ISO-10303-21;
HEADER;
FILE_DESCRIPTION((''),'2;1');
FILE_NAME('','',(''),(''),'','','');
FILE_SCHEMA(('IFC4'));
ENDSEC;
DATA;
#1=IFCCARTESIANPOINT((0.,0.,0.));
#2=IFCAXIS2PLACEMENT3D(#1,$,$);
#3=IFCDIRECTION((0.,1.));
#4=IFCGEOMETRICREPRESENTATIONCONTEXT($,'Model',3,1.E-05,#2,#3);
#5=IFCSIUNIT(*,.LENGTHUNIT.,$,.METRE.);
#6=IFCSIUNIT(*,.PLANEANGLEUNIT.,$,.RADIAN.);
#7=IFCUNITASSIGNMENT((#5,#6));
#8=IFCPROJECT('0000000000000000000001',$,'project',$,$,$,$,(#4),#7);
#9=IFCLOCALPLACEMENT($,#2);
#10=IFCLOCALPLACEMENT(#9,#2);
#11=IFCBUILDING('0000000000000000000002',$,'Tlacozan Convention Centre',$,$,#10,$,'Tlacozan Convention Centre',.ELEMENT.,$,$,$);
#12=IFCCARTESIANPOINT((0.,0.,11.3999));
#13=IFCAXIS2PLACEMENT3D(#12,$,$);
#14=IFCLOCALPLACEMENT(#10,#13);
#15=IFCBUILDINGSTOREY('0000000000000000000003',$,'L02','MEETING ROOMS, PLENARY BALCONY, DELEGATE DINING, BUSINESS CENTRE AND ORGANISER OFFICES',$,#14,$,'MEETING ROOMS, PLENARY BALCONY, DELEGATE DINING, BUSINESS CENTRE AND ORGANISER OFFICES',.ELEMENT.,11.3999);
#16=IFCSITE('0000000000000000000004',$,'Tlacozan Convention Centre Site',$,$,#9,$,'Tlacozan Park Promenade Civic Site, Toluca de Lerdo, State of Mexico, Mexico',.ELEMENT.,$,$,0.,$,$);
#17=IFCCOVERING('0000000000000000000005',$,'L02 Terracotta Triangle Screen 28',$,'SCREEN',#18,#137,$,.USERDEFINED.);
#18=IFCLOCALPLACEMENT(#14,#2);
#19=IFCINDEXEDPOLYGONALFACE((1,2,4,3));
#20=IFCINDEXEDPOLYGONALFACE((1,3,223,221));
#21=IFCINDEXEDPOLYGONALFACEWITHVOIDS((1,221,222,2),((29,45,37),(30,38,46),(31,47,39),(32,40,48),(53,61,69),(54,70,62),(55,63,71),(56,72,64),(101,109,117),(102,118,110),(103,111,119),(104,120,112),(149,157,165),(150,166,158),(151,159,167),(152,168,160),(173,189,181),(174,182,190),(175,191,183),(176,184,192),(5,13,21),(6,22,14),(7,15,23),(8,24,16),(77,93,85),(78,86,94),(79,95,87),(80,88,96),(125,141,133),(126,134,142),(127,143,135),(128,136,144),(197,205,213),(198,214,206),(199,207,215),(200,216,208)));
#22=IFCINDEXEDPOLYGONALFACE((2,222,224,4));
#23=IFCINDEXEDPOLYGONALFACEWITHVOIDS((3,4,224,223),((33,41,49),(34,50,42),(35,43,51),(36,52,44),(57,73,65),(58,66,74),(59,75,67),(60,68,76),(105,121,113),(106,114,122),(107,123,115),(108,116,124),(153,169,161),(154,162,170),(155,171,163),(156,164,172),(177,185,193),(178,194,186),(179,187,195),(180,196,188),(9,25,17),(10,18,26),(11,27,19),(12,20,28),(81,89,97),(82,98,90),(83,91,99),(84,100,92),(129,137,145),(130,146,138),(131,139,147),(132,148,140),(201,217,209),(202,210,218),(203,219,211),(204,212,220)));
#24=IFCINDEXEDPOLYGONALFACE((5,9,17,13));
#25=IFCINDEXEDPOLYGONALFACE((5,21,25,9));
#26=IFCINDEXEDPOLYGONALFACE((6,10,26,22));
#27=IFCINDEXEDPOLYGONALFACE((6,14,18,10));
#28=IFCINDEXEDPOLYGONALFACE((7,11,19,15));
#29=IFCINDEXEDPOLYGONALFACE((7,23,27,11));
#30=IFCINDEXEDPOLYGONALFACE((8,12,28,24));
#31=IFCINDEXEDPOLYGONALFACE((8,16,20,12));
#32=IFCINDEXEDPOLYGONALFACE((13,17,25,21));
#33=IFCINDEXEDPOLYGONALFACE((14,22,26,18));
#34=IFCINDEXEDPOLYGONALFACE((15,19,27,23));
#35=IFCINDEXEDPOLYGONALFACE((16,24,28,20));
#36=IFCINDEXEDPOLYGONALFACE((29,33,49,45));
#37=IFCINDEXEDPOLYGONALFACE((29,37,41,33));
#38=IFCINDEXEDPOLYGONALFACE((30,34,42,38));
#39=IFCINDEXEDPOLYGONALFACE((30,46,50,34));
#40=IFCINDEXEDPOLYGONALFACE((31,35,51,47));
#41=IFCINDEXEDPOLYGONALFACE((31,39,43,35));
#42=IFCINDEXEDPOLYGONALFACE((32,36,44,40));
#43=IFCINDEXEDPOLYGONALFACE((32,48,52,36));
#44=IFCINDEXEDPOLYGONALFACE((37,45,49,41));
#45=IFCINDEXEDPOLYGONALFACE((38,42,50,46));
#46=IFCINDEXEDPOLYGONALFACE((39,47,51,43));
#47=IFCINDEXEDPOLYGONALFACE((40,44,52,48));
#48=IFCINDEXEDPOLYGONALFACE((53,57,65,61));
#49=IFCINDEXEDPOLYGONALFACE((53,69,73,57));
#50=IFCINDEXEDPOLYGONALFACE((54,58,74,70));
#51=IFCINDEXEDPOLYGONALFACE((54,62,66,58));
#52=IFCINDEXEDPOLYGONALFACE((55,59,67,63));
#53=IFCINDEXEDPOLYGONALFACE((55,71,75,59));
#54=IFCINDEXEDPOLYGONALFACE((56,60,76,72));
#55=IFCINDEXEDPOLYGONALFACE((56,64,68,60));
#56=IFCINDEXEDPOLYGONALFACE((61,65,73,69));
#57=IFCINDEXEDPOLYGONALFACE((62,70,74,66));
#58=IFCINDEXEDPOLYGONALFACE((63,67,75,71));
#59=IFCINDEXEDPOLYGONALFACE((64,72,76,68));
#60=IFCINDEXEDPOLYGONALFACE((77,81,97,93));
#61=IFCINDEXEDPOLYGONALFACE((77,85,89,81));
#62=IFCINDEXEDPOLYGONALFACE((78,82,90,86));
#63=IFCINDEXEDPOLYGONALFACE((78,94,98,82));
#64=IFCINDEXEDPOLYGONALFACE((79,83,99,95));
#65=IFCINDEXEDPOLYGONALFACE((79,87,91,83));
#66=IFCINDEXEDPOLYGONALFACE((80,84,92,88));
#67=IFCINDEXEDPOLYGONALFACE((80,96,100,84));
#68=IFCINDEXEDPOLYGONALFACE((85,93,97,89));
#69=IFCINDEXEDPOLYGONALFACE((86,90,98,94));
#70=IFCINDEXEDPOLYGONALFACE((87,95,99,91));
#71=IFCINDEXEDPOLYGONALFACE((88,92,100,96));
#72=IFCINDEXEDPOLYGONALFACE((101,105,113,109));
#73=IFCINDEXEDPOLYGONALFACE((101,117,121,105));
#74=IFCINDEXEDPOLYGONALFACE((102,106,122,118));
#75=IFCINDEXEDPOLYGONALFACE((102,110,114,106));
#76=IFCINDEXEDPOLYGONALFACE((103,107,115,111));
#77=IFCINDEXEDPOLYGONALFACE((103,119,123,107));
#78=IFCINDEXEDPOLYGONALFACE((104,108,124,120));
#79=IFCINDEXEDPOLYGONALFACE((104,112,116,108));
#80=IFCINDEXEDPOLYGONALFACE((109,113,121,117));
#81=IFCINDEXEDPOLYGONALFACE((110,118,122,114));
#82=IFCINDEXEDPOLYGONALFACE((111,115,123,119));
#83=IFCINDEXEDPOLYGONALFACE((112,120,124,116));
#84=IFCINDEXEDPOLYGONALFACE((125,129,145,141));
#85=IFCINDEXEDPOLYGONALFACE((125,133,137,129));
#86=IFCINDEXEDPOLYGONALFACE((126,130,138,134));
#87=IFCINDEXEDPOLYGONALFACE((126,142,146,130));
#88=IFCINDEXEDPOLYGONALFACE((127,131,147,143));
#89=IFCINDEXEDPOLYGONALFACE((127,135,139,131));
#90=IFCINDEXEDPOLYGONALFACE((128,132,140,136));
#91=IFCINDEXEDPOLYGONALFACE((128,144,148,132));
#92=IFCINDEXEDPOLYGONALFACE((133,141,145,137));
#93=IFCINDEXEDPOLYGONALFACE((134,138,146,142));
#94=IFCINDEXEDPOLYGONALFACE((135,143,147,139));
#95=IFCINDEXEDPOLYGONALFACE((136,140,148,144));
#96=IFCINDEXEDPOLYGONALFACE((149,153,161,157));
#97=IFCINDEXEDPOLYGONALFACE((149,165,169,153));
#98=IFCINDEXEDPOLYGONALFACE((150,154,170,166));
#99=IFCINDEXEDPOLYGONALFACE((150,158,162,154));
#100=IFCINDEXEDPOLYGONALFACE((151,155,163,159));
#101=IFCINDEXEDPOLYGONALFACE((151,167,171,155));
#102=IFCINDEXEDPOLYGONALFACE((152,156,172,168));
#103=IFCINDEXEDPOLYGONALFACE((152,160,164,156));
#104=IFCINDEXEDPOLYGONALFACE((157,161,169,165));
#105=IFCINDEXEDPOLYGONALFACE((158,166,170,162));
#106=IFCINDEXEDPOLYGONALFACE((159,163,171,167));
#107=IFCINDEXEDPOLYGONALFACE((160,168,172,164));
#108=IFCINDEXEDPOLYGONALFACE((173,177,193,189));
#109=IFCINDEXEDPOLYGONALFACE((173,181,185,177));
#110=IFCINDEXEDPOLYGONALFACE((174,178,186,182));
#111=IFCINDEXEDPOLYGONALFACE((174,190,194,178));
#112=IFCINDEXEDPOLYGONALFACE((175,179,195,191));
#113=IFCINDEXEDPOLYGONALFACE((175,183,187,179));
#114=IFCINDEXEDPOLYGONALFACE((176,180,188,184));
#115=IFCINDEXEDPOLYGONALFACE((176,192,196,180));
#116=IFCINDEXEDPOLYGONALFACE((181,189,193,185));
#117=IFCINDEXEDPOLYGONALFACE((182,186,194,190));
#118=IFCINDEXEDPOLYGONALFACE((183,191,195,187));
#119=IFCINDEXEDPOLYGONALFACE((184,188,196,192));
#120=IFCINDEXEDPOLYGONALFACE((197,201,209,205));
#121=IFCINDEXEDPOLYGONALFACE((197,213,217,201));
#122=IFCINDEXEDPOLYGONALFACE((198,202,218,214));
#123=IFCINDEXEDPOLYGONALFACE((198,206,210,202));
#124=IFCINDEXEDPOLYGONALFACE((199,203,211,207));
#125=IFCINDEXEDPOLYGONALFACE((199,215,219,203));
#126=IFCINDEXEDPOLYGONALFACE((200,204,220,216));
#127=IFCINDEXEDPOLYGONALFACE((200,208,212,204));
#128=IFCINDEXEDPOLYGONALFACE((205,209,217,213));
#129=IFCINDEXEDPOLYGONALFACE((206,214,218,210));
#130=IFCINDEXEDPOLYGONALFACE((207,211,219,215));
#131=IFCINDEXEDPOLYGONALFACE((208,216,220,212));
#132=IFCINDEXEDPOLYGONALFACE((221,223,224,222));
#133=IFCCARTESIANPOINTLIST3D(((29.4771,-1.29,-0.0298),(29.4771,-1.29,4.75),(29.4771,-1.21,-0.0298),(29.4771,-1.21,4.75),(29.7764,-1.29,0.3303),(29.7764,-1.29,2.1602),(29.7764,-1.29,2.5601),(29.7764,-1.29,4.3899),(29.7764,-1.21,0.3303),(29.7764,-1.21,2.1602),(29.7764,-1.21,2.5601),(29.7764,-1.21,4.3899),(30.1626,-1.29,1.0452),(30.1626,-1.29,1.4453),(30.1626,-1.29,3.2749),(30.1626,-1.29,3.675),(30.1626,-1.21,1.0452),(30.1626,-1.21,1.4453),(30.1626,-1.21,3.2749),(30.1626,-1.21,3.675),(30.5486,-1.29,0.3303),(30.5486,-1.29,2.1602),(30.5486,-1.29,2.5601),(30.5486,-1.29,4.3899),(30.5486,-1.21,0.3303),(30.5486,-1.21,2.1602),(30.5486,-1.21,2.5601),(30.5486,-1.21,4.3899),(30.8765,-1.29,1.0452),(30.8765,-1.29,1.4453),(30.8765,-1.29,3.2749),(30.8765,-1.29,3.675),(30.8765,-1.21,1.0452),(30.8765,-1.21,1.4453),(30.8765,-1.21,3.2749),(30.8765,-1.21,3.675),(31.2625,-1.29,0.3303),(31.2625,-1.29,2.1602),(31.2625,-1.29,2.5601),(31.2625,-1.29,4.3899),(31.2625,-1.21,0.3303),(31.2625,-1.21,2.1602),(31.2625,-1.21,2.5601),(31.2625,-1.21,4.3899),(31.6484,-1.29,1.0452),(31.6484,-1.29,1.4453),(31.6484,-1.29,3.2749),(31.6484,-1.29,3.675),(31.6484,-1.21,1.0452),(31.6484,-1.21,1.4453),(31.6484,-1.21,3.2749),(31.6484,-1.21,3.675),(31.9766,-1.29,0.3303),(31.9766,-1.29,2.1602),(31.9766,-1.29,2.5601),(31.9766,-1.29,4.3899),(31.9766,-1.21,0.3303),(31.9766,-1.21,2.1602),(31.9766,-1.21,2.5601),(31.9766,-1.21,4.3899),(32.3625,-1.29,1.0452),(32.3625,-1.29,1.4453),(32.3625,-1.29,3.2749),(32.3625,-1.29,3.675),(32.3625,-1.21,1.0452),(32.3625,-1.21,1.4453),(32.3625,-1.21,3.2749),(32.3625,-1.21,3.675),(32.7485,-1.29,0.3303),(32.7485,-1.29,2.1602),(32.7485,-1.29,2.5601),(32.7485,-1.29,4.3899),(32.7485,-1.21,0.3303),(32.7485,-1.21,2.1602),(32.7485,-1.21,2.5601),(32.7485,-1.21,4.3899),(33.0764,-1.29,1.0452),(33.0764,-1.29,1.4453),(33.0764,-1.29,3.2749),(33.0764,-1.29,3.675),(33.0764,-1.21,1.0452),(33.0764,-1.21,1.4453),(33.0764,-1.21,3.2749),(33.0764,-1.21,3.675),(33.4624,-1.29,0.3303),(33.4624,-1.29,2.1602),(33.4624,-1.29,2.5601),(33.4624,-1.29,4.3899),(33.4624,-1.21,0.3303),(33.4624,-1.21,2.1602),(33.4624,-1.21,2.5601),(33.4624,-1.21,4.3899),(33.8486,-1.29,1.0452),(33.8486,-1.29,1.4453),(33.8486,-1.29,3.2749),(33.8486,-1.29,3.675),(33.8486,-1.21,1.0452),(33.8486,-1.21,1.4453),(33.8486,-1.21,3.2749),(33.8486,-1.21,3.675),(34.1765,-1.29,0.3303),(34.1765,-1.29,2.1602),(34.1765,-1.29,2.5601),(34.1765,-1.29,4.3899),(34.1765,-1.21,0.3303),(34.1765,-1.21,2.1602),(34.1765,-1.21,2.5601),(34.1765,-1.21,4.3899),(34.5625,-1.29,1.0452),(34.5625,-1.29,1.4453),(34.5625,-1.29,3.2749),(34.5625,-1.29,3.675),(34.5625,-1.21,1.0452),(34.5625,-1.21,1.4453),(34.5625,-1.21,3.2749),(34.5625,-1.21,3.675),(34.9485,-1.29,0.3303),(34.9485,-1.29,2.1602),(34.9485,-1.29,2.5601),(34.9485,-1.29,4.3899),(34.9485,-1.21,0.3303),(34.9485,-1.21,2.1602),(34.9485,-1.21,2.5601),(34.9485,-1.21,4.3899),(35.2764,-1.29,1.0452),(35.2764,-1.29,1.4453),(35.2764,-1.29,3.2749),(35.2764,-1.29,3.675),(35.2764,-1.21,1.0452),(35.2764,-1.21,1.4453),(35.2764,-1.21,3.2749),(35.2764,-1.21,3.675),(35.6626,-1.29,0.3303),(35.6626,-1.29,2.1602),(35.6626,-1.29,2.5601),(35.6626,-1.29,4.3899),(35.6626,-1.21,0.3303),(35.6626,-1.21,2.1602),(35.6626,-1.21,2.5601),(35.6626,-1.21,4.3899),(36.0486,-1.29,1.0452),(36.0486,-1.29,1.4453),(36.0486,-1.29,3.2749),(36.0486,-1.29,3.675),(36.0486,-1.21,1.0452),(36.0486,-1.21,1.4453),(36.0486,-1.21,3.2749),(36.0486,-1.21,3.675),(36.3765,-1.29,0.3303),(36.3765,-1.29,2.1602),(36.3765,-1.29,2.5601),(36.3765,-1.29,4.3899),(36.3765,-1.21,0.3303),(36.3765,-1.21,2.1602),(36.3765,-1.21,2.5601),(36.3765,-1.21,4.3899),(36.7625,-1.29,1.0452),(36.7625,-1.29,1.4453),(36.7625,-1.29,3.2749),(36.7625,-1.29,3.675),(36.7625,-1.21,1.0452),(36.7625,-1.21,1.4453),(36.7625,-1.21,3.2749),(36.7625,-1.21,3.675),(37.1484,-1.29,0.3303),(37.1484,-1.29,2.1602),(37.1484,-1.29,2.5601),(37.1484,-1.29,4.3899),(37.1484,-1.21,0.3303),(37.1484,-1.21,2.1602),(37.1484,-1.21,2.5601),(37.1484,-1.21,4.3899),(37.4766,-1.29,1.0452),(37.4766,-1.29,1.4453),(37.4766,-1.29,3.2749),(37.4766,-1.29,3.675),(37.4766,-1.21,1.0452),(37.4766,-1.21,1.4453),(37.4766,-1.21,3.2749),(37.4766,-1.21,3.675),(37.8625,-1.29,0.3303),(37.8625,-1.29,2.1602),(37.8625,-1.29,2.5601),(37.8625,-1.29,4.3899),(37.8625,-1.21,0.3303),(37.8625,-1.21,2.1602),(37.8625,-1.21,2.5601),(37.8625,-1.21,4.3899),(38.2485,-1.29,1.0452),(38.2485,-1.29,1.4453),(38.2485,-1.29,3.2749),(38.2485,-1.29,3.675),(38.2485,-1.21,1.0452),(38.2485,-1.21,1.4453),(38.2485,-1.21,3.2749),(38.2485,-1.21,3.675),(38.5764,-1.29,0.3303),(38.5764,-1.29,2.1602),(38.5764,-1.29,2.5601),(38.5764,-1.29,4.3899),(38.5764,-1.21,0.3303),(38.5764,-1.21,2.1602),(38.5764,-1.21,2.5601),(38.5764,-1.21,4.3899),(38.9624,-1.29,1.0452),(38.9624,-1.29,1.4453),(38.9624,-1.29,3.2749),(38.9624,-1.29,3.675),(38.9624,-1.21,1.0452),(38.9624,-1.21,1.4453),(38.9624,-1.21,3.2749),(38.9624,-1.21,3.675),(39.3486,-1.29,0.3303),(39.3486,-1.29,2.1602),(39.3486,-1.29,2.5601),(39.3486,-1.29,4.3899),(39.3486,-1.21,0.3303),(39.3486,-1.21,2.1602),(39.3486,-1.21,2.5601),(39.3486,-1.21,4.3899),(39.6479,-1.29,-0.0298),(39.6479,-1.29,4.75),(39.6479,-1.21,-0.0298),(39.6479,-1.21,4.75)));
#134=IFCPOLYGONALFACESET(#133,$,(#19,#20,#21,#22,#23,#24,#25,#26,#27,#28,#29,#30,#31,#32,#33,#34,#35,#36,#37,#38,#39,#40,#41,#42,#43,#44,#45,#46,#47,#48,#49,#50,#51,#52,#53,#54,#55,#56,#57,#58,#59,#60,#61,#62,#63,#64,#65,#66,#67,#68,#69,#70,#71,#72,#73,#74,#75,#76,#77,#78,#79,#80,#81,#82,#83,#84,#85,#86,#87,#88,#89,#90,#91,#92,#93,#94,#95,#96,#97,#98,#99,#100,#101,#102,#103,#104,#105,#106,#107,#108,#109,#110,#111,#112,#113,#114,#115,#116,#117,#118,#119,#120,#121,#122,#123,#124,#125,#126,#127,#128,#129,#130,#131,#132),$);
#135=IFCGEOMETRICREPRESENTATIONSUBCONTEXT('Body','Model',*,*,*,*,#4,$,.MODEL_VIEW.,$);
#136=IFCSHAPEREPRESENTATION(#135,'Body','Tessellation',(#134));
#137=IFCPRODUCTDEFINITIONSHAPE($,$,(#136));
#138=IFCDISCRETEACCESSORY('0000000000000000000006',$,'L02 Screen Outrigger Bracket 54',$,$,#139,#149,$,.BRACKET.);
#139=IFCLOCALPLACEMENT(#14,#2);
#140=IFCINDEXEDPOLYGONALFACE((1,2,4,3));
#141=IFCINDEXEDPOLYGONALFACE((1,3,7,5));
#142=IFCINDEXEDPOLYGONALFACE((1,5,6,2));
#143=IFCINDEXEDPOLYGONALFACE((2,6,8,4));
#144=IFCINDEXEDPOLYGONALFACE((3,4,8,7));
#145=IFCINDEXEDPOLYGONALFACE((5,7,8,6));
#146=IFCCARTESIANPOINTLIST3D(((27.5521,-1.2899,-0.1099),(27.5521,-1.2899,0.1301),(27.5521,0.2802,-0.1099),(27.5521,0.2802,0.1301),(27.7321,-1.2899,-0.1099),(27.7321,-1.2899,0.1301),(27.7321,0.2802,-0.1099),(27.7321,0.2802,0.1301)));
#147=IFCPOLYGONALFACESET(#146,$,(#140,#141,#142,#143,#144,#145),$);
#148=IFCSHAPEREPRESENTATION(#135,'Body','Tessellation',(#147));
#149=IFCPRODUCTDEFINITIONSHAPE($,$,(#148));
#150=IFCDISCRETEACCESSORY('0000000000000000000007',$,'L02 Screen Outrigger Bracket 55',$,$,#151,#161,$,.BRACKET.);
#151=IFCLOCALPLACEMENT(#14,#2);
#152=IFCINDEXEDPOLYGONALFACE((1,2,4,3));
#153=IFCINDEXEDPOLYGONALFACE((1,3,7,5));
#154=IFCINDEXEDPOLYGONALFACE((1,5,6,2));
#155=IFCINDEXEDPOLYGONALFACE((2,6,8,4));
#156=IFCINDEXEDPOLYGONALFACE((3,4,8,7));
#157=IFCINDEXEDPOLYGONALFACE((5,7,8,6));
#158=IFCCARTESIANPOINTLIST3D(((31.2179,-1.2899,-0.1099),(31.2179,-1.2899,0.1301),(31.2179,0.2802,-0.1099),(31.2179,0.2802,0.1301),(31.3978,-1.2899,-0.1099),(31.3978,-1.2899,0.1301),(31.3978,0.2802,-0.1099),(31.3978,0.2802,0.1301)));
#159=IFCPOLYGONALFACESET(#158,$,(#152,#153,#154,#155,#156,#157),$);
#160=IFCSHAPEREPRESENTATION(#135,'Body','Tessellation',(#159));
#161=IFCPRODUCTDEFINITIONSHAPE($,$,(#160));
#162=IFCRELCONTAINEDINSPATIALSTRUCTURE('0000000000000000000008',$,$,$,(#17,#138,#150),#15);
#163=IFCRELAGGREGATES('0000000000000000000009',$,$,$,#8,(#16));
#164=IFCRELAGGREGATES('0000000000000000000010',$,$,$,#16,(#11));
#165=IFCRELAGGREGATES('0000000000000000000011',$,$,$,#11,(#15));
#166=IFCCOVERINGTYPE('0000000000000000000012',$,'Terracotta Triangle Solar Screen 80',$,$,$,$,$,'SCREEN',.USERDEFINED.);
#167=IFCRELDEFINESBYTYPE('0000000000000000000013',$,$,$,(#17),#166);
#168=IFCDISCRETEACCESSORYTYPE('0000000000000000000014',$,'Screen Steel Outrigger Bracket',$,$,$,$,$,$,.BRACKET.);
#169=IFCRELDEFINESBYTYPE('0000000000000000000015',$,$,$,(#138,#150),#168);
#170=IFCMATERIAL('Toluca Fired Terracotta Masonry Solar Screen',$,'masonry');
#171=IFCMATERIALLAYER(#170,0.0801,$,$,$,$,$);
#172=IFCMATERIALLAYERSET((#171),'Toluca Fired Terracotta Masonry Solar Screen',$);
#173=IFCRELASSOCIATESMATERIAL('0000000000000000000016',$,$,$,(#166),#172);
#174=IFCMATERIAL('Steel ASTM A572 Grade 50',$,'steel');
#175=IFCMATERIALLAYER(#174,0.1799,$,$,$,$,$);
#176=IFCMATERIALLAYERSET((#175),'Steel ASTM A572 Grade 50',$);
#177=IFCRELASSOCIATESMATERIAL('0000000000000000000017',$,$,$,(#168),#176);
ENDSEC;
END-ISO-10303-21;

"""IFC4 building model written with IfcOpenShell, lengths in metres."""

from ifc_helpers import new_model, si_unit, direction, frame, origin, origin_2d, place, context, subcontext, project, spatial, polyline, rectangle, outline, extrude, material, layer, layer_set, type_object, element, save


model = new_model("IFC4")

# Units and contexts
model_context = context("Model", 3, precision=1e-05, world=origin(), true_north=direction((0.0, 1.0)))
body_context = subcontext(model_context, "Body", "Model", "MODEL_VIEW")
ifc_project = project(units=[si_unit("LENGTHUNIT", "METRE"), si_unit("PLANEANGLEUNIT", "RADIAN")], contexts=[model_context])

# Site, building, storey
site_placement = place(None, origin())
site = spatial("IfcSite", under=ifc_project, at=site_placement, Name="Tlacozan Convention Centre Site", LongName="Tlacozan Park Promenade Civic Site, Toluca de Lerdo, State of Mexico, Mexico", CompositionType="ELEMENT", RefElevation=0.0)
building_placement = place(site_placement, origin())
building = spatial("IfcBuilding", under=site, at=building_placement, Name="Tlacozan Convention Centre", LongName="Tlacozan Convention Centre", CompositionType="ELEMENT")
storey_placement = place(building_placement, frame((0.0, 0.0, 11.3999)))
storey = spatial("IfcBuildingStorey", under=building, at=storey_placement, Name="L02", Description="MEETING ROOMS, PLENARY BALCONY, DELEGATE DINING, BUSINESS CENTRE AND ORGANISER OFFICES", LongName="MEETING ROOMS, PLENARY BALCONY, DELEGATE DINING, BUSINESS CENTRE AND ORGANISER OFFICES", CompositionType="ELEMENT", Elevation=11.3999)

# Covering
ifc_material_1 = material(Name="Toluca Fired Terracotta Masonry Solar Screen", Category="masonry")
ifc_layer_1 = layer(ifc_material_1, 0.0801)
ifc_layer_set_1 = layer_set([ifc_layer_1], Name="Toluca Fired Terracotta Masonry Solar Screen")
covering_type = type_object("IfcCoveringType", Name="Terracotta Triangle Solar Screen 80", ElementType="SCREEN", PredefinedType="USERDEFINED", material=ifc_layer_set_1)
covering_placement = place(storey_placement, frame((29.4771, -1.25, -0.0298), z_axis=(0.0, 0.0, 1.0), x_axis=(1.0, 0.0, 0.0)))
element("IfcCovering", 1, at=covering_placement, inside=storey, type_object=covering_type, Name="L02 Terracotta Triangle Screen 28", ObjectType="SCREEN", PredefinedType="USERDEFINED", context=body_context, shape_type="SweptSolid", body=[
    extrude(outline(polyline([(0.0, 0.0), (10.1709, 0.0), (10.1709, 4.7798), (0.0, 4.7798), (0.0, 0.0)]), holes=[polyline([(0.2993, 0.3601), (1.0715, 0.3601), (0.6855, 1.075), (0.2993, 0.3601)]), polyline([(1.3994, 1.075), (2.1714, 1.075), (1.7854, 0.3601), (1.3994, 1.075)]), polyline([(2.4995, 0.3601), (3.2715, 0.3601), (2.8855, 1.075), (2.4995, 0.3601)]), polyline([(3.5994, 1.075), (4.3716, 1.075), (3.9854, 0.3601), (3.5994, 1.075)]), polyline([(4.6995, 0.3601), (5.4714, 0.3601), (5.0854, 1.075), (4.6995, 0.3601)]), polyline([(5.7993, 1.075), (6.5715, 1.075), (6.1855, 0.3601), (5.7993, 1.075)]), polyline([(6.8994, 0.3601), (7.6714, 0.3601), (7.2854, 1.075), (6.8994, 0.3601)]), polyline([(7.9995, 1.075), (8.7715, 1.075), (8.3855, 0.3601), (7.9995, 1.075)]), polyline([(9.0994, 0.3601), (9.8716, 0.3601), (9.4854, 1.075), (9.0994, 0.3601)]), polyline([(0.2993, 2.1899), (1.0715, 2.1899), (0.6855, 1.4751), (0.2993, 2.1899)]), polyline([(1.3994, 1.4751), (2.1714, 1.4751), (1.7854, 2.1899), (1.3994, 1.4751)]), polyline([(2.4995, 2.1899), (3.2715, 2.1899), (2.8855, 1.4751), (2.4995, 2.1899)]), polyline([(3.5994, 1.4751), (4.3716, 1.4751), (3.9854, 2.1899), (3.5994, 1.4751)]), polyline([(4.6995, 2.1899), (5.4714, 2.1899), (5.0854, 1.4751), (4.6995, 2.1899)]), polyline([(5.7993, 1.4751), (6.5715, 1.4751), (6.1855, 2.1899), (5.7993, 1.4751)]), polyline([(6.8994, 2.1899), (7.6714, 2.1899), (7.2854, 1.4751), (6.8994, 2.1899)]), polyline([(7.9995, 1.4751), (8.7715, 1.4751), (8.3855, 2.1899), (7.9995, 1.4751)]), polyline([(9.0994, 2.1899), (9.8716, 2.1899), (9.4854, 1.4751), (9.0994, 2.1899)]), polyline([(0.2993, 2.5898), (1.0715, 2.5898), (0.6855, 3.3047), (0.2993, 2.5898)]), polyline([(1.3994, 3.3047), (2.1714, 3.3047), (1.7854, 2.5898), (1.3994, 3.3047)]), polyline([(2.4995, 2.5898), (3.2715, 2.5898), (2.8855, 3.3047), (2.4995, 2.5898)]), polyline([(3.5994, 3.3047), (4.3716, 3.3047), (3.9854, 2.5898), (3.5994, 3.3047)]), polyline([(4.6995, 2.5898), (5.4714, 2.5898), (5.0854, 3.3047), (4.6995, 2.5898)]), polyline([(5.7993, 3.3047), (6.5715, 3.3047), (6.1855, 2.5898), (5.7993, 3.3047)]), polyline([(6.8994, 2.5898), (7.6714, 2.5898), (7.2854, 3.3047), (6.8994, 2.5898)]), polyline([(7.9995, 3.3047), (8.7715, 3.3047), (8.3855, 2.5898), (7.9995, 3.3047)]), polyline([(9.0994, 2.5898), (9.8716, 2.5898), (9.4854, 3.3047), (9.0994, 2.5898)]), polyline([(0.2993, 4.4197), (1.0715, 4.4197), (0.6855, 3.7048), (0.2993, 4.4197)]), polyline([(1.3994, 3.7048), (2.1714, 3.7048), (1.7854, 4.4197), (1.3994, 3.7048)]), polyline([(2.4995, 4.4197), (3.2715, 4.4197), (2.8855, 3.7048), (2.4995, 4.4197)]), polyline([(3.5994, 3.7048), (4.3716, 3.7048), (3.9854, 4.4197), (3.5994, 3.7048)]), polyline([(4.6995, 4.4197), (5.4714, 4.4197), (5.0854, 3.7048), (4.6995, 4.4197)]), polyline([(5.7993, 3.7048), (6.5715, 3.7048), (6.1855, 4.4197), (5.7993, 3.7048)]), polyline([(6.8994, 4.4197), (7.6714, 4.4197), (7.2854, 3.7048), (6.8994, 4.4197)]), polyline([(7.9995, 3.7048), (8.7715, 3.7048), (8.3855, 4.4197), (7.9995, 3.7048)]), polyline([(9.0994, 4.4197), (9.8716, 4.4197), (9.4854, 3.7048), (9.0994, 4.4197)])]), frame((0.0, 0.04, 0.0), z_axis=(0.0, -1.0, 0.0), x_axis=(1.0, 0.0, 0.0)), (0.0, 0.0, 1.0), 0.0801),
])

# Discrete accessories
ifc_material_2 = material(Name="Steel ASTM A572 Grade 50", Category="steel")
ifc_layer_2 = layer(ifc_material_2, 0.1799)
ifc_layer_set_2 = layer_set([ifc_layer_2], Name="Steel ASTM A572 Grade 50")
discrete_accessory_type = type_object("IfcDiscreteAccessoryType", Name="Screen Steel Outrigger Bracket", PredefinedType="BRACKET", material=ifc_layer_set_2)
for number, where, z_axis, x_axis, name in (
    (2, (27.6421, -0.5049, -0.1099), (0.0, 0.0, 1.0), (0.0, 1.0, 0.0), "L02 Screen Outrigger Bracket 54"),
    (3, (31.3079, -0.5049, -0.1099), (0.0, 0.0, 1.0), (0.0, 1.0, 0.0), "L02 Screen Outrigger Bracket 55"),
):
    element("IfcDiscreteAccessory", number, at=place(storey_placement, frame(where, z_axis=z_axis, x_axis=x_axis)), inside=storey, type_object=discrete_accessory_type, Name=name, PredefinedType="BRACKET", context=body_context, shape_type="SweptSolid", body=[
        extrude(rectangle(XDim=1.5701, YDim=0.1799, at=origin_2d()), origin(), (0.0, 0.0, 1.0), 0.24),
    ])

save(model, "model.ifc")
